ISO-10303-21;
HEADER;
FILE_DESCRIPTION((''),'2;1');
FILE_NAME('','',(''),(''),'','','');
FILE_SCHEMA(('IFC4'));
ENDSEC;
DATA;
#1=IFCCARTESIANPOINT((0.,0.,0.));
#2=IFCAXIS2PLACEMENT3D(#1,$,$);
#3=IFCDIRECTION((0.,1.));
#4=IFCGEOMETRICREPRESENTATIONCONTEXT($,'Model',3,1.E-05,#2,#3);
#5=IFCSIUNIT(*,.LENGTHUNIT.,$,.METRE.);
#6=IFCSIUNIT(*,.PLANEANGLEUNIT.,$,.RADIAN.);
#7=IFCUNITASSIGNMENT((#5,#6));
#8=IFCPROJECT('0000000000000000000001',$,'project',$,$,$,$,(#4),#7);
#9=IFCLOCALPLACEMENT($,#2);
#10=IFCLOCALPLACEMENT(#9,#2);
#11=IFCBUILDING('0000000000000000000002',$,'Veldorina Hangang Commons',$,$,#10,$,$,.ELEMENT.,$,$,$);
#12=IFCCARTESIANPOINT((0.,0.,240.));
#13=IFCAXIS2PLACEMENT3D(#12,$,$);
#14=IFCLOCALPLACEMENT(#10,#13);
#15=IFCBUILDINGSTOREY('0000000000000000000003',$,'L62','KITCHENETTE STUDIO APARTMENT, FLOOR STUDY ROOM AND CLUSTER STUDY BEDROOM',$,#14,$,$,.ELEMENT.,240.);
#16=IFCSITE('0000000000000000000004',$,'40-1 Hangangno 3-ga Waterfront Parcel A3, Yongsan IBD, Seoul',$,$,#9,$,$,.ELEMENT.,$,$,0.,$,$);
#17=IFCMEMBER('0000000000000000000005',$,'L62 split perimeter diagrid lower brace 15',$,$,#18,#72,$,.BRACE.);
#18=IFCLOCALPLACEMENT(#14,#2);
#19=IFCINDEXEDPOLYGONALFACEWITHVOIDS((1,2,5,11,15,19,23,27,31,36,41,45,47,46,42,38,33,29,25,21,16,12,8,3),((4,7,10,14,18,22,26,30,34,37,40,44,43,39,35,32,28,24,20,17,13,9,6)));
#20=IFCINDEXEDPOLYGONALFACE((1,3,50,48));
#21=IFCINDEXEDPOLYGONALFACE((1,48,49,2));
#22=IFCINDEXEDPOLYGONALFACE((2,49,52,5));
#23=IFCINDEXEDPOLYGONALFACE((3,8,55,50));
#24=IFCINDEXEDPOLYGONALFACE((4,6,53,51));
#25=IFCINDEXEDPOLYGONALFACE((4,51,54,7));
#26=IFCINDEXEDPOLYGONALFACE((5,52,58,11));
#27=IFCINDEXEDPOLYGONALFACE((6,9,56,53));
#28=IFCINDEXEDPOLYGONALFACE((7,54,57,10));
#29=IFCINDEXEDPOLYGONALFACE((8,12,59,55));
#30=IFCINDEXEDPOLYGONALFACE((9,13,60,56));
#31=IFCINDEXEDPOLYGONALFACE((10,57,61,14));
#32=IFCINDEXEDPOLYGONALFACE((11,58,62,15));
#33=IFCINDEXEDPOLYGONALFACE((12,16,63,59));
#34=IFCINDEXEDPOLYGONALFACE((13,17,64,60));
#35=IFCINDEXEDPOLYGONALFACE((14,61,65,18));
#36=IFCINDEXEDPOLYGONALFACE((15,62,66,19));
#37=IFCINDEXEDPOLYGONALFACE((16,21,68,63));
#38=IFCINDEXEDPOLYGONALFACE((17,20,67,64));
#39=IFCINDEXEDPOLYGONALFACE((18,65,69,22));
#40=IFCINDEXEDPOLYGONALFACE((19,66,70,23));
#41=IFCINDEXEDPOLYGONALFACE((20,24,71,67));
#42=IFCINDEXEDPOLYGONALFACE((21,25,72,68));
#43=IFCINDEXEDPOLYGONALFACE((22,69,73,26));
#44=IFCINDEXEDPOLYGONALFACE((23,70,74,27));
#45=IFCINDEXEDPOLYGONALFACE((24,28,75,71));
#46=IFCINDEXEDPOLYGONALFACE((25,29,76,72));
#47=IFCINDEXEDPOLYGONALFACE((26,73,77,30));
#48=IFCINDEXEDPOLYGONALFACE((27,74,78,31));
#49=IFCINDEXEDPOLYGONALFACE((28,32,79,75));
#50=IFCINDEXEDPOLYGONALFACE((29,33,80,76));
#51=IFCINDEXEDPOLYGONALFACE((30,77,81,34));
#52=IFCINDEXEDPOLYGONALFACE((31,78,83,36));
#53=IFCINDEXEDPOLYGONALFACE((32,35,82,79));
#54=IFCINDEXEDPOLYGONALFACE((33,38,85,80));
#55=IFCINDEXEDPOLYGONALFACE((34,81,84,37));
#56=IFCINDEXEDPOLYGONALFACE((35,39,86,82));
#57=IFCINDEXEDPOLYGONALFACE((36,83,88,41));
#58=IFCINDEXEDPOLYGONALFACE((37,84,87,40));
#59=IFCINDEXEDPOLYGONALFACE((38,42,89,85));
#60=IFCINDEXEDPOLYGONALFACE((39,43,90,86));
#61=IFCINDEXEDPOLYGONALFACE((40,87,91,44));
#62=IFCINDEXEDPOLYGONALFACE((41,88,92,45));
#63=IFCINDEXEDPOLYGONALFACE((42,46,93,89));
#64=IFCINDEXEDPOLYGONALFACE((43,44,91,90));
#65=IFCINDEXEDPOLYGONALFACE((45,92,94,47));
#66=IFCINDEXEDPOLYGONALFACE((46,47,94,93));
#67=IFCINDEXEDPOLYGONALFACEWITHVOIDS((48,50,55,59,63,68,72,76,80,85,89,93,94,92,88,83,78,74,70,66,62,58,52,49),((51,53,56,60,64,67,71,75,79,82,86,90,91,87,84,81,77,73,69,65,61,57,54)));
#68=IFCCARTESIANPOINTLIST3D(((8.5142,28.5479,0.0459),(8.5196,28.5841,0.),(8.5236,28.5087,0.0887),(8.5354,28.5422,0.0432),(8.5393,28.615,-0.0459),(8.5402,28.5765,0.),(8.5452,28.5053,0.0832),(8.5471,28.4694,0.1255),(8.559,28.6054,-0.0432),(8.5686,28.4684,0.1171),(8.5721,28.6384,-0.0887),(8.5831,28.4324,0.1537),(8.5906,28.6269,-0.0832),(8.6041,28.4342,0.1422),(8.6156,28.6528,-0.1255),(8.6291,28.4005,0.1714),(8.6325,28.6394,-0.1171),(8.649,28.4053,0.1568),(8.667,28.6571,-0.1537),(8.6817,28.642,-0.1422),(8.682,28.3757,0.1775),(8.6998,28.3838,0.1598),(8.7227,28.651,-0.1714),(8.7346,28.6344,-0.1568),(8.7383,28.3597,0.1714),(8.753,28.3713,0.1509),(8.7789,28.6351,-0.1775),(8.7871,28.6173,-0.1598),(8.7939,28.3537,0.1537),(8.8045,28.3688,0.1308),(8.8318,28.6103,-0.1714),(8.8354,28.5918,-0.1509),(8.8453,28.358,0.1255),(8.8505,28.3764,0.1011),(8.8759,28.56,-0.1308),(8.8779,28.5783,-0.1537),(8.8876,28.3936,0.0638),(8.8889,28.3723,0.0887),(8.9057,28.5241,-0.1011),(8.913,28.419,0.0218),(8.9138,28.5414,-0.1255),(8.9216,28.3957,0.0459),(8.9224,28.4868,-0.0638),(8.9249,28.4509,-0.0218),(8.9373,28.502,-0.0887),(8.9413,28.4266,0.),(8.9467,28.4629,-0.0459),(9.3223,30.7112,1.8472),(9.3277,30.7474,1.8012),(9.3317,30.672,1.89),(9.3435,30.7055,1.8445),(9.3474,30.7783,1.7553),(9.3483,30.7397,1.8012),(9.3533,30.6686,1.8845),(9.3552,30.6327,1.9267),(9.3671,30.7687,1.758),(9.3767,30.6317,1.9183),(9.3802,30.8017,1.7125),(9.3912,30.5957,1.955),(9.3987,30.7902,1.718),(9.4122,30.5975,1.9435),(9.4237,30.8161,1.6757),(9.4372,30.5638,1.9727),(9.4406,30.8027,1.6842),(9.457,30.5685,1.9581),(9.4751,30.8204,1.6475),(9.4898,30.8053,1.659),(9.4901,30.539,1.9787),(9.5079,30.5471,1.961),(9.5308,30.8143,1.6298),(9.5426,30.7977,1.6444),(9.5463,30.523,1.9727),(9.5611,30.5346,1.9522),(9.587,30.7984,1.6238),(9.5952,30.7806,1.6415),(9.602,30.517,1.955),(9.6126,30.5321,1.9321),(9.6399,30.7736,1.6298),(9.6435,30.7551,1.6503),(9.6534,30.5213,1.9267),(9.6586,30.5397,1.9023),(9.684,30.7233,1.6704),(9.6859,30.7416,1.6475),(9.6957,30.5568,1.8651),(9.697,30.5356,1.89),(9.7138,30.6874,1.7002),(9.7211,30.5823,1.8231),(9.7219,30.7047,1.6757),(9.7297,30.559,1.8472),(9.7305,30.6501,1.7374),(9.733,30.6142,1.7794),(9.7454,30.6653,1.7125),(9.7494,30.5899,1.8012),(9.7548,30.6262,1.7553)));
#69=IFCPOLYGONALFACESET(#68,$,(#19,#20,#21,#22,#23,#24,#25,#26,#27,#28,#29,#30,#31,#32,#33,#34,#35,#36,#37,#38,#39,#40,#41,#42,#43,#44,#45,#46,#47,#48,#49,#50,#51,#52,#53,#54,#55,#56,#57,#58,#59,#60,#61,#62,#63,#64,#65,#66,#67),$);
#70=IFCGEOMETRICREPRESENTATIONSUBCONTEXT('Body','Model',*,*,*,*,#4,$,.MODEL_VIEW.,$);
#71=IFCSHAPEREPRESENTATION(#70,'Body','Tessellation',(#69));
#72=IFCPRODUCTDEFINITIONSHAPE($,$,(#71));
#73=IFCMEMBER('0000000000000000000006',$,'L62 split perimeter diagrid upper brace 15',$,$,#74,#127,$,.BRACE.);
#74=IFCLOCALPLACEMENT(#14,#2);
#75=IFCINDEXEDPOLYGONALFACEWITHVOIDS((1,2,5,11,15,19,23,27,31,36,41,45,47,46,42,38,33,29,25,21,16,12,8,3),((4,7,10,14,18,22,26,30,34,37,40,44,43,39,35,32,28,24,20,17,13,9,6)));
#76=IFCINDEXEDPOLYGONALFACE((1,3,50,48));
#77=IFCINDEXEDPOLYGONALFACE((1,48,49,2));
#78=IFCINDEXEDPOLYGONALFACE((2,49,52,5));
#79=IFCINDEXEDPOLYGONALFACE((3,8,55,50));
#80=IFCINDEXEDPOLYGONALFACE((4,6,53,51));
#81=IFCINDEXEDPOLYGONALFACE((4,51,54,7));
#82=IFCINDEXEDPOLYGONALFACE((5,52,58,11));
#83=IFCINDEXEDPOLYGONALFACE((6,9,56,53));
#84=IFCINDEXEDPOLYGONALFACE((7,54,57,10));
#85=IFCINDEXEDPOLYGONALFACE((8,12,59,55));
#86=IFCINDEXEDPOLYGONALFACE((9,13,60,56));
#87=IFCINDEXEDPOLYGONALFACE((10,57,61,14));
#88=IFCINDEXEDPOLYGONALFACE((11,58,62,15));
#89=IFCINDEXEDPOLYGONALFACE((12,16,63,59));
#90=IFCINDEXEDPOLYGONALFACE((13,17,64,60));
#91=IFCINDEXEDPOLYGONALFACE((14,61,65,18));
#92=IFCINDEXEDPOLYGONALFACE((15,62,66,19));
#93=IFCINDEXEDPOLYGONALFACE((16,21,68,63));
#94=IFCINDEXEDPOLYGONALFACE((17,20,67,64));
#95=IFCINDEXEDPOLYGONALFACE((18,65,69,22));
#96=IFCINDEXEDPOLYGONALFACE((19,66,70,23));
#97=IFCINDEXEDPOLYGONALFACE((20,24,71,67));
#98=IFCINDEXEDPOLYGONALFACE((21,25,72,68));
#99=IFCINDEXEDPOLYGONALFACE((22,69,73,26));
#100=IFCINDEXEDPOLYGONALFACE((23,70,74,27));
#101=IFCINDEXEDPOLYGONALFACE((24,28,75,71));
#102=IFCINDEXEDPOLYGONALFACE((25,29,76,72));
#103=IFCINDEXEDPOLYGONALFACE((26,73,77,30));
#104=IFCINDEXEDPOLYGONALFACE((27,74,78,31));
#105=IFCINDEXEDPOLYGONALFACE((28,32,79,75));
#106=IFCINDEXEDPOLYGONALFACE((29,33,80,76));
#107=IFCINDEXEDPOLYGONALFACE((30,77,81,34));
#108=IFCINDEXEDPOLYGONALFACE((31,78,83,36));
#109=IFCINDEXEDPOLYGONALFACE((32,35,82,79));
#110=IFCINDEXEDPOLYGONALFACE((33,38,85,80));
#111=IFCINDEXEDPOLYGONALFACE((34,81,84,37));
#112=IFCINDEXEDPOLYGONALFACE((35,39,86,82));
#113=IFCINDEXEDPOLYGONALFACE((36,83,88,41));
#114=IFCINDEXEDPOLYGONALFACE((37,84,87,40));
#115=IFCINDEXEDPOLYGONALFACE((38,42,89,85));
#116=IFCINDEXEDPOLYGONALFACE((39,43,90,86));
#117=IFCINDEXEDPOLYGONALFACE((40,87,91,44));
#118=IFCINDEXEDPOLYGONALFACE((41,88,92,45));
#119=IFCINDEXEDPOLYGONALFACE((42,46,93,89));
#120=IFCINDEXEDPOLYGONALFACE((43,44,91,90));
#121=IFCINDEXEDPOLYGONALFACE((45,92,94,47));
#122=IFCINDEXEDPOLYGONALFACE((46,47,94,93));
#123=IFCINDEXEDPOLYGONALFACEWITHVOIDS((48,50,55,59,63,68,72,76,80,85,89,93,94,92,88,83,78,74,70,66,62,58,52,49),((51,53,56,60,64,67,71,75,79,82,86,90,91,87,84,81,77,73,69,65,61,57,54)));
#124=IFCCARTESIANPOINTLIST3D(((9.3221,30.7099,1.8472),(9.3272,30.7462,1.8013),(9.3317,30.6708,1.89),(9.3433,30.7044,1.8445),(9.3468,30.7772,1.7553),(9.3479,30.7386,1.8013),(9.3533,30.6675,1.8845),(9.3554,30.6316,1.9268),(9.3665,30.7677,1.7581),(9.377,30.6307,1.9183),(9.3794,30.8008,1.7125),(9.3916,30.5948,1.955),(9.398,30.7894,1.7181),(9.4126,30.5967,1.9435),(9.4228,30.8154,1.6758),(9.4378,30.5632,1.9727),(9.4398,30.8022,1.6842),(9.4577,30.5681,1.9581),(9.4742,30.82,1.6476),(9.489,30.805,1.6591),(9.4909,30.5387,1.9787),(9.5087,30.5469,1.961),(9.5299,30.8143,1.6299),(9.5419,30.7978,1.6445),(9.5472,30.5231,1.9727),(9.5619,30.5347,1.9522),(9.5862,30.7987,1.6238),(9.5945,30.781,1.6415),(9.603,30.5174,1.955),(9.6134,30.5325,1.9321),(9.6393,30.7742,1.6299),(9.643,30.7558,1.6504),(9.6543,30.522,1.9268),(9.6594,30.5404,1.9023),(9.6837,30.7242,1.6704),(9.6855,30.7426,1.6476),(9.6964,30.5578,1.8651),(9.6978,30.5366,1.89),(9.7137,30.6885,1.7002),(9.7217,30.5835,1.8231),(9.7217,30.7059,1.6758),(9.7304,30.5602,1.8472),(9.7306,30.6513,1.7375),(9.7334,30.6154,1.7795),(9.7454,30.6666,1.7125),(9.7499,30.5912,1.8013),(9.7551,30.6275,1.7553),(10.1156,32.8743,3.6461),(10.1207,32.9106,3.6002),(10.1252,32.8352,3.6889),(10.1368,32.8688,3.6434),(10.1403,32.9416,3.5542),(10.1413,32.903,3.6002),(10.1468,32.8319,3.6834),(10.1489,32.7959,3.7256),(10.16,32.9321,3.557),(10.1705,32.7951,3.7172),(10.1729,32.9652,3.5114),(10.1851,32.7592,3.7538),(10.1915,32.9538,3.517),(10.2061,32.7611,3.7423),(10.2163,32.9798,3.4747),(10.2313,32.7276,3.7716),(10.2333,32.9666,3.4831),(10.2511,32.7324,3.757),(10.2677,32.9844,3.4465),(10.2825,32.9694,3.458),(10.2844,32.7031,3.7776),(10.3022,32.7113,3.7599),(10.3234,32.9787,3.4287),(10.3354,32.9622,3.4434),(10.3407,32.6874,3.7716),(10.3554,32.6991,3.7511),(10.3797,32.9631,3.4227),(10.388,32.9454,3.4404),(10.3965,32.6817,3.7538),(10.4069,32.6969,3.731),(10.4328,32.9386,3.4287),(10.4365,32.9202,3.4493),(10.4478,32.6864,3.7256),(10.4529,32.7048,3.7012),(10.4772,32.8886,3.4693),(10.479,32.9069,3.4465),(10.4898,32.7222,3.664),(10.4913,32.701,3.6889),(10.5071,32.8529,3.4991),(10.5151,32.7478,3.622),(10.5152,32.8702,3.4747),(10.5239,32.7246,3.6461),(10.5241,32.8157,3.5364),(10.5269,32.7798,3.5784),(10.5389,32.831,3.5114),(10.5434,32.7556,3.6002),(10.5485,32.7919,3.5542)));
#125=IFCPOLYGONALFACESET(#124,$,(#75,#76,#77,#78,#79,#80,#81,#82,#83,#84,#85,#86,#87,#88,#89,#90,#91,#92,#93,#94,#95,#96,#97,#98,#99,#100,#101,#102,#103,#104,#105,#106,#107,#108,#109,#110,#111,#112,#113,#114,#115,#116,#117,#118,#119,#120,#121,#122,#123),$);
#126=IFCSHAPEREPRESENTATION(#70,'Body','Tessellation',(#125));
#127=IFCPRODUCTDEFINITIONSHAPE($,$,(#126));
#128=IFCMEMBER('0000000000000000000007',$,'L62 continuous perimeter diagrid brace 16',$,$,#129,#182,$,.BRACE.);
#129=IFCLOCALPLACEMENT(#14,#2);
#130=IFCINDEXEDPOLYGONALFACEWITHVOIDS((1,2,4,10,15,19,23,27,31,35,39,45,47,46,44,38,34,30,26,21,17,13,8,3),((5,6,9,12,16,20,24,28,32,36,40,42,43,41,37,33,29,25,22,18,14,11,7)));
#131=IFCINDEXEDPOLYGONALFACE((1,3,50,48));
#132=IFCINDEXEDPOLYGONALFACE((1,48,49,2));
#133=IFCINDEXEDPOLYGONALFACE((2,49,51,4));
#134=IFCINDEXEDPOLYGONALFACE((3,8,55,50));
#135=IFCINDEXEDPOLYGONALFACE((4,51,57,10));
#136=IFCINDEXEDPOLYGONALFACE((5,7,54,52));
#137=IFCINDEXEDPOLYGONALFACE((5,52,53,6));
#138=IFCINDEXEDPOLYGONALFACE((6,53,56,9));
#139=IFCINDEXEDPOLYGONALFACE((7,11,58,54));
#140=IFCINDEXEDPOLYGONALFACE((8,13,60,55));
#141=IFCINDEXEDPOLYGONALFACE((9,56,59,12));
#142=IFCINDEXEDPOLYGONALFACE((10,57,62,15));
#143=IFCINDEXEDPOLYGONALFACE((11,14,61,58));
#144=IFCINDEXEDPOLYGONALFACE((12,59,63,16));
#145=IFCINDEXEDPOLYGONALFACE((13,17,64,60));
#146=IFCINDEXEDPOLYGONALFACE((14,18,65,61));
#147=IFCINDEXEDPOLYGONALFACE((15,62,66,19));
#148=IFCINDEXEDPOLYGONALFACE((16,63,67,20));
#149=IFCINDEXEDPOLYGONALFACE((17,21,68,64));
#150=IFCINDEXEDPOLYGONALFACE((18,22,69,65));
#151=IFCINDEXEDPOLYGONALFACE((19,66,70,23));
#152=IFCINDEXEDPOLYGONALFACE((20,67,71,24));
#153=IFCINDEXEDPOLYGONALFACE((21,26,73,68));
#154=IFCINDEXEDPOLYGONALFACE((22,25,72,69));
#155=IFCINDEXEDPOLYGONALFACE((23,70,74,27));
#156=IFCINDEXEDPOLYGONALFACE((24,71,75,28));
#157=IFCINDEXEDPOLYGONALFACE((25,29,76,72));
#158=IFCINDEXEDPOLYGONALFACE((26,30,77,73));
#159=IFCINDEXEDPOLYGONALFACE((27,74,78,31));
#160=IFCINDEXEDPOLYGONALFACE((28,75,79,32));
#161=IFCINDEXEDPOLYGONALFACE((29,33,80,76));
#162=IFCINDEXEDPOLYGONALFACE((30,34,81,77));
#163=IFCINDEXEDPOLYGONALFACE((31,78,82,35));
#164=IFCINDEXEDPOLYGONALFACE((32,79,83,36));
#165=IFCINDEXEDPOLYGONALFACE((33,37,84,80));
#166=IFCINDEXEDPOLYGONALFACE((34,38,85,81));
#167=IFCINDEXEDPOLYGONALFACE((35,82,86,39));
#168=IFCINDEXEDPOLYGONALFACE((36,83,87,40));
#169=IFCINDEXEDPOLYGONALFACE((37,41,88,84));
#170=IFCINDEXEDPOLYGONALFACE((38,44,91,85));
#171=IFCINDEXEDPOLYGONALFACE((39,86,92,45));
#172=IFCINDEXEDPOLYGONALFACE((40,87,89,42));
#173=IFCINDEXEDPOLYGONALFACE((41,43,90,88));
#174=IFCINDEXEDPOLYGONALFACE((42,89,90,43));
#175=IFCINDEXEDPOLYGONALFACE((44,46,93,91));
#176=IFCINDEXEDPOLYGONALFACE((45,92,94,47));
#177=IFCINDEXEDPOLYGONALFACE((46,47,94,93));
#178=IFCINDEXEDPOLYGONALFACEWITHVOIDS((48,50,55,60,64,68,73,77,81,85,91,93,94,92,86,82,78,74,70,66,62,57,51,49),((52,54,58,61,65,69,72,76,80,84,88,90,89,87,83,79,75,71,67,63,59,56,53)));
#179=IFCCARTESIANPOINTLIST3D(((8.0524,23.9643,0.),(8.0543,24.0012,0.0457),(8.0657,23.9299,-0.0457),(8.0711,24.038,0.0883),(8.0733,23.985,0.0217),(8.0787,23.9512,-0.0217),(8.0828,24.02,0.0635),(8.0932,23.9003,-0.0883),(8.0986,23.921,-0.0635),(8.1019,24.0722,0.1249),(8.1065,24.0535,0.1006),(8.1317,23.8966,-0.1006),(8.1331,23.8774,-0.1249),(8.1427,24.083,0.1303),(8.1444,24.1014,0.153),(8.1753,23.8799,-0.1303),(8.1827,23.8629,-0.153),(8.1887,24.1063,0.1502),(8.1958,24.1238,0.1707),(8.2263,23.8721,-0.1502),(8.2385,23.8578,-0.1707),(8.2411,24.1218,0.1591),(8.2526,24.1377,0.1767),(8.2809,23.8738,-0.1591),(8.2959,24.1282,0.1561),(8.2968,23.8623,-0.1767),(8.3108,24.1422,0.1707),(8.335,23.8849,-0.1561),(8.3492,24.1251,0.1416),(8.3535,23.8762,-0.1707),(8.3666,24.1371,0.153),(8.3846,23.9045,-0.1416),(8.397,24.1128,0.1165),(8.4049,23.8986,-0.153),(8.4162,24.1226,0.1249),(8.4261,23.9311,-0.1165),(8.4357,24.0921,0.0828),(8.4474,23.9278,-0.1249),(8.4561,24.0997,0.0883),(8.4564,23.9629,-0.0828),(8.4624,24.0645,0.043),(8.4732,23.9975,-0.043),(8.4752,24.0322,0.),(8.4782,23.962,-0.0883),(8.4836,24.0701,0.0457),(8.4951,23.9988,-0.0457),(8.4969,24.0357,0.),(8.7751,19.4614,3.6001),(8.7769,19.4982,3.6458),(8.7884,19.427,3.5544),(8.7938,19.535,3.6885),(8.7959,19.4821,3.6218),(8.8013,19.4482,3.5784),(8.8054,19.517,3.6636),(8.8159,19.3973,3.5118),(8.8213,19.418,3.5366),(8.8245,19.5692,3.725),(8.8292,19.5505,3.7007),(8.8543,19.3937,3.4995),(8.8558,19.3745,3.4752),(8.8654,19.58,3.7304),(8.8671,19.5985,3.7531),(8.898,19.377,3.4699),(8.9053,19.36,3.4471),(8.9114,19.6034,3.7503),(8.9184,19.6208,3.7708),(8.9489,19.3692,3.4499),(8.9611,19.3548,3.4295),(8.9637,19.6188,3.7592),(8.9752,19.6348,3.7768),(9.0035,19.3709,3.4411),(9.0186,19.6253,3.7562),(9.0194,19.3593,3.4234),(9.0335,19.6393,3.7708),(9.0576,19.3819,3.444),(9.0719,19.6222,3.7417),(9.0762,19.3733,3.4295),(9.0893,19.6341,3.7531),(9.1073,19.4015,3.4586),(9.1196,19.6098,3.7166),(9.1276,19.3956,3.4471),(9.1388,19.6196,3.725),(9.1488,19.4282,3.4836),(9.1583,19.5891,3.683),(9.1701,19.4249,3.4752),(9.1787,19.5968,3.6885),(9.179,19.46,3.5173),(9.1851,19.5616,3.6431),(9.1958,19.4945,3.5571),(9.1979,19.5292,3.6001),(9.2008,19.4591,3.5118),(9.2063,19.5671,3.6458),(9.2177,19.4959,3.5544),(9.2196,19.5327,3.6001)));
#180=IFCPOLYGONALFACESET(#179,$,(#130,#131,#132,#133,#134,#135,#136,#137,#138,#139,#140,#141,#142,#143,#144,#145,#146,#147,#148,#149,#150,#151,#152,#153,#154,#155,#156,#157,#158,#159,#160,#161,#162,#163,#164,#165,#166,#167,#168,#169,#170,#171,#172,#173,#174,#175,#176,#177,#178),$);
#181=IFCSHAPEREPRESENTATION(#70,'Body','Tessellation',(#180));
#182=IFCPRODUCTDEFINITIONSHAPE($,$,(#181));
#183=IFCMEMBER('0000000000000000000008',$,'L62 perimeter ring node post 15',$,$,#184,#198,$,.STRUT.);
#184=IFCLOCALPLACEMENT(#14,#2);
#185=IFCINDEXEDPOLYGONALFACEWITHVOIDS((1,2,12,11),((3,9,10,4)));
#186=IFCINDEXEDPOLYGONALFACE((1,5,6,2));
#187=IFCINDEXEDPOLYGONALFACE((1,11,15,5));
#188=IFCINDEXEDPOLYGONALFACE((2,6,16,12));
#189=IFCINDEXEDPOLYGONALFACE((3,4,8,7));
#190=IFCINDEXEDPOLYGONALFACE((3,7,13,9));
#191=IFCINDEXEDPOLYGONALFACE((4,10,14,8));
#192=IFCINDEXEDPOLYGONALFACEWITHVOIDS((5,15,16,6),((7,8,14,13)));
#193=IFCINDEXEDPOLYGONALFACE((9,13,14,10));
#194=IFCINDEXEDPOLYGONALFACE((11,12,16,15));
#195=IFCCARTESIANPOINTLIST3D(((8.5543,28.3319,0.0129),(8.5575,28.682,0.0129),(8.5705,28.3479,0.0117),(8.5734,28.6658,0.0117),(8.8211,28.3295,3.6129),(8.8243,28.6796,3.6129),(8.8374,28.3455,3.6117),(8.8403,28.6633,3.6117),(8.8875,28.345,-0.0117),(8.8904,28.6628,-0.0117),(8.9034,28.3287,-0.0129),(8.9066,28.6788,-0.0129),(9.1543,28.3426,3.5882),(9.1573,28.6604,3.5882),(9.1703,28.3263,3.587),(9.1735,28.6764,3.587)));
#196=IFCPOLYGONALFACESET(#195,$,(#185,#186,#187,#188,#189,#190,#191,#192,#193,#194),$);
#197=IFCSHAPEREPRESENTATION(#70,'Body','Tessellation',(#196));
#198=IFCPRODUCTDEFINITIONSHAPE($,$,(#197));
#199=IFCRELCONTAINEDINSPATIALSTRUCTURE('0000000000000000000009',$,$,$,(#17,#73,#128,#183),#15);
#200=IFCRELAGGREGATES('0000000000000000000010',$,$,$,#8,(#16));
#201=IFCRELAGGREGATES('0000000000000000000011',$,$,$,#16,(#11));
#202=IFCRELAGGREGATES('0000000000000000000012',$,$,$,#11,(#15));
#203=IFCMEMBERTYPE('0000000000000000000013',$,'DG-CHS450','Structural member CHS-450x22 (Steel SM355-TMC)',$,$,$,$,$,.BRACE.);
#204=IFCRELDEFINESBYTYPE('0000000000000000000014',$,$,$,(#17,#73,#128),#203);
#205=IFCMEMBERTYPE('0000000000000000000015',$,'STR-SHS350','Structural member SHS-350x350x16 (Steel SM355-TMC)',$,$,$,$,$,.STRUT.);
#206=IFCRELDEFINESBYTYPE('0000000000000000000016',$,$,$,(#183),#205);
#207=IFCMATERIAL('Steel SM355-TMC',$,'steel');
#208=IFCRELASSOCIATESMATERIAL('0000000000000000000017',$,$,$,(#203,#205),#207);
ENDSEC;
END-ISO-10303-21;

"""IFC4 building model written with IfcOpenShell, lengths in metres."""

from ifc_helpers import new_model, si_unit, direction, frame, origin, origin_2d, place, context, subcontext, project, spatial, hollow_rectangle, hollow_circle, extrude, material, material_profile, profile_set, type_object, element, save


model = new_model("IFC4")

# Units and contexts
model_context = context("Model", 3, precision=1e-05, world=origin(), true_north=direction((0.0, 1.0)))
body_context = subcontext(model_context, "Body", "Model", "MODEL_VIEW")
ifc_project = project(units=[si_unit("LENGTHUNIT", "METRE"), si_unit("PLANEANGLEUNIT", "RADIAN")], contexts=[model_context])

# Site, building, storey
site_placement = place(None, origin())
site = spatial("IfcSite", under=ifc_project, at=site_placement, Name="40-1 Hangangno 3-ga Waterfront Parcel A3, Yongsan IBD, Seoul", CompositionType="ELEMENT", RefElevation=0.0)
building_placement = place(site_placement, origin())
building = spatial("IfcBuilding", under=site, at=building_placement, Name="Veldorina Hangang Commons", CompositionType="ELEMENT")
storey_placement = place(building_placement, frame((0.0, 0.0, 240.0)))
storey = spatial("IfcBuildingStorey", under=building, at=storey_placement, Name="L62", Description="KITCHENETTE STUDIO APARTMENT, FLOOR STUDY ROOM AND CLUSTER STUDY BEDROOM", CompositionType="ELEMENT", Elevation=240.0)

# Shared definitions
ifc_material_1 = material(Name="Steel SM355-TMC", Category="steel")

# Members
ifc_material_profile_1 = material_profile(ifc_material_1, hollow_circle(Radius=0.2251, WallThickness=0.022, at=origin_2d()), Name="CHS-450x22")
ifc_profile_set_1 = profile_set([ifc_material_profile_1], Name="Steel SM355-TMC")
member_type_1 = type_object("IfcMemberType", Name="DG-CHS450", Description="Structural member CHS-450x22 (Steel SM355-TMC)", PredefinedType="BRACE", material=ifc_profile_set_1)
member_1_placement = place(storey_placement, frame((8.7305, 28.5054, 0.0), z_axis=(0.275921, 0.738652, 0.615029), x_axis=(-0.936776, 0.34993, 0.0)))
element("IfcMember", 1, at=member_1_placement, inside=storey, type_object=member_type_1, Name="L62 split perimeter diagrid lower brace 15", PredefinedType="BRACE", context=body_context, shape_type="SweptSolid", body=[
    extrude(hollow_circle(Radius=0.2251, WallThickness=0.022, at=origin_2d()), origin(), (0.0, 0.0, 1.0), 2.9287),
])
member_2_placement = place(storey_placement, frame((9.5386, 30.6687, 1.8013), z_axis=(0.271363, 0.740195, 0.615201), x_axis=(-0.938893, 0.344208, 0.0)))
element("IfcMember", 2, at=member_2_placement, inside=storey, type_object=member_type_1, Name="L62 split perimeter diagrid upper brace 15", PredefinedType="BRACE", context=body_context, shape_type="SweptSolid", body=[
    extrude(hollow_circle(Radius=0.2251, WallThickness=0.022, at=origin_2d()), origin(), (0.0, 0.0, 1.0), 2.9241),
])
member_3_placement = place(storey_placement, frame((8.2747, 24.0, 0.0), z_axis=(0.124376, -0.774994, 0.619609), x_axis=(0.987366, 0.158458, 0.0)))
element("IfcMember", 3, at=member_3_placement, inside=storey, type_object=member_type_1, Name="L62 continuous perimeter diagrid brace 16", PredefinedType="BRACE", context=body_context, shape_type="SweptSolid", body=[
    extrude(hollow_circle(Radius=0.2251, WallThickness=0.022, at=origin_2d()), origin(), (0.0, 0.0, 1.0), 5.8103),
])
ifc_material_profile_2 = material_profile(ifc_material_1, hollow_rectangle(XDim=0.3501, YDim=0.3501, WallThickness=0.0161, at=origin_2d()), Name="SHS-350x350x16")
ifc_profile_set_2 = profile_set([ifc_material_profile_2], Name="Steel SM355-TMC")
member_type_2 = type_object("IfcMemberType", Name="STR-SHS350", Description="Structural member SHS-350x350x16 (Steel SM355-TMC)", PredefinedType="STRUT", material=ifc_profile_set_2)
member_4_placement = place(storey_placement, frame((8.7305, 28.5054, 0.0), z_axis=(0.073919, -0.000676, 0.997264), x_axis=(0.009149, 0.999958, 0.0)))
element("IfcMember", 4, at=member_4_placement, inside=storey, type_object=member_type_2, Name="L62 perimeter ring node post 15", PredefinedType="STRUT", context=body_context, shape_type="SweptSolid", body=[
    extrude(hollow_rectangle(XDim=0.3501, YDim=0.3501, WallThickness=0.0161, at=origin_2d()), origin(), (0.0, 0.0, 1.0), 3.6099),
])

save(model, "model.ifc")
